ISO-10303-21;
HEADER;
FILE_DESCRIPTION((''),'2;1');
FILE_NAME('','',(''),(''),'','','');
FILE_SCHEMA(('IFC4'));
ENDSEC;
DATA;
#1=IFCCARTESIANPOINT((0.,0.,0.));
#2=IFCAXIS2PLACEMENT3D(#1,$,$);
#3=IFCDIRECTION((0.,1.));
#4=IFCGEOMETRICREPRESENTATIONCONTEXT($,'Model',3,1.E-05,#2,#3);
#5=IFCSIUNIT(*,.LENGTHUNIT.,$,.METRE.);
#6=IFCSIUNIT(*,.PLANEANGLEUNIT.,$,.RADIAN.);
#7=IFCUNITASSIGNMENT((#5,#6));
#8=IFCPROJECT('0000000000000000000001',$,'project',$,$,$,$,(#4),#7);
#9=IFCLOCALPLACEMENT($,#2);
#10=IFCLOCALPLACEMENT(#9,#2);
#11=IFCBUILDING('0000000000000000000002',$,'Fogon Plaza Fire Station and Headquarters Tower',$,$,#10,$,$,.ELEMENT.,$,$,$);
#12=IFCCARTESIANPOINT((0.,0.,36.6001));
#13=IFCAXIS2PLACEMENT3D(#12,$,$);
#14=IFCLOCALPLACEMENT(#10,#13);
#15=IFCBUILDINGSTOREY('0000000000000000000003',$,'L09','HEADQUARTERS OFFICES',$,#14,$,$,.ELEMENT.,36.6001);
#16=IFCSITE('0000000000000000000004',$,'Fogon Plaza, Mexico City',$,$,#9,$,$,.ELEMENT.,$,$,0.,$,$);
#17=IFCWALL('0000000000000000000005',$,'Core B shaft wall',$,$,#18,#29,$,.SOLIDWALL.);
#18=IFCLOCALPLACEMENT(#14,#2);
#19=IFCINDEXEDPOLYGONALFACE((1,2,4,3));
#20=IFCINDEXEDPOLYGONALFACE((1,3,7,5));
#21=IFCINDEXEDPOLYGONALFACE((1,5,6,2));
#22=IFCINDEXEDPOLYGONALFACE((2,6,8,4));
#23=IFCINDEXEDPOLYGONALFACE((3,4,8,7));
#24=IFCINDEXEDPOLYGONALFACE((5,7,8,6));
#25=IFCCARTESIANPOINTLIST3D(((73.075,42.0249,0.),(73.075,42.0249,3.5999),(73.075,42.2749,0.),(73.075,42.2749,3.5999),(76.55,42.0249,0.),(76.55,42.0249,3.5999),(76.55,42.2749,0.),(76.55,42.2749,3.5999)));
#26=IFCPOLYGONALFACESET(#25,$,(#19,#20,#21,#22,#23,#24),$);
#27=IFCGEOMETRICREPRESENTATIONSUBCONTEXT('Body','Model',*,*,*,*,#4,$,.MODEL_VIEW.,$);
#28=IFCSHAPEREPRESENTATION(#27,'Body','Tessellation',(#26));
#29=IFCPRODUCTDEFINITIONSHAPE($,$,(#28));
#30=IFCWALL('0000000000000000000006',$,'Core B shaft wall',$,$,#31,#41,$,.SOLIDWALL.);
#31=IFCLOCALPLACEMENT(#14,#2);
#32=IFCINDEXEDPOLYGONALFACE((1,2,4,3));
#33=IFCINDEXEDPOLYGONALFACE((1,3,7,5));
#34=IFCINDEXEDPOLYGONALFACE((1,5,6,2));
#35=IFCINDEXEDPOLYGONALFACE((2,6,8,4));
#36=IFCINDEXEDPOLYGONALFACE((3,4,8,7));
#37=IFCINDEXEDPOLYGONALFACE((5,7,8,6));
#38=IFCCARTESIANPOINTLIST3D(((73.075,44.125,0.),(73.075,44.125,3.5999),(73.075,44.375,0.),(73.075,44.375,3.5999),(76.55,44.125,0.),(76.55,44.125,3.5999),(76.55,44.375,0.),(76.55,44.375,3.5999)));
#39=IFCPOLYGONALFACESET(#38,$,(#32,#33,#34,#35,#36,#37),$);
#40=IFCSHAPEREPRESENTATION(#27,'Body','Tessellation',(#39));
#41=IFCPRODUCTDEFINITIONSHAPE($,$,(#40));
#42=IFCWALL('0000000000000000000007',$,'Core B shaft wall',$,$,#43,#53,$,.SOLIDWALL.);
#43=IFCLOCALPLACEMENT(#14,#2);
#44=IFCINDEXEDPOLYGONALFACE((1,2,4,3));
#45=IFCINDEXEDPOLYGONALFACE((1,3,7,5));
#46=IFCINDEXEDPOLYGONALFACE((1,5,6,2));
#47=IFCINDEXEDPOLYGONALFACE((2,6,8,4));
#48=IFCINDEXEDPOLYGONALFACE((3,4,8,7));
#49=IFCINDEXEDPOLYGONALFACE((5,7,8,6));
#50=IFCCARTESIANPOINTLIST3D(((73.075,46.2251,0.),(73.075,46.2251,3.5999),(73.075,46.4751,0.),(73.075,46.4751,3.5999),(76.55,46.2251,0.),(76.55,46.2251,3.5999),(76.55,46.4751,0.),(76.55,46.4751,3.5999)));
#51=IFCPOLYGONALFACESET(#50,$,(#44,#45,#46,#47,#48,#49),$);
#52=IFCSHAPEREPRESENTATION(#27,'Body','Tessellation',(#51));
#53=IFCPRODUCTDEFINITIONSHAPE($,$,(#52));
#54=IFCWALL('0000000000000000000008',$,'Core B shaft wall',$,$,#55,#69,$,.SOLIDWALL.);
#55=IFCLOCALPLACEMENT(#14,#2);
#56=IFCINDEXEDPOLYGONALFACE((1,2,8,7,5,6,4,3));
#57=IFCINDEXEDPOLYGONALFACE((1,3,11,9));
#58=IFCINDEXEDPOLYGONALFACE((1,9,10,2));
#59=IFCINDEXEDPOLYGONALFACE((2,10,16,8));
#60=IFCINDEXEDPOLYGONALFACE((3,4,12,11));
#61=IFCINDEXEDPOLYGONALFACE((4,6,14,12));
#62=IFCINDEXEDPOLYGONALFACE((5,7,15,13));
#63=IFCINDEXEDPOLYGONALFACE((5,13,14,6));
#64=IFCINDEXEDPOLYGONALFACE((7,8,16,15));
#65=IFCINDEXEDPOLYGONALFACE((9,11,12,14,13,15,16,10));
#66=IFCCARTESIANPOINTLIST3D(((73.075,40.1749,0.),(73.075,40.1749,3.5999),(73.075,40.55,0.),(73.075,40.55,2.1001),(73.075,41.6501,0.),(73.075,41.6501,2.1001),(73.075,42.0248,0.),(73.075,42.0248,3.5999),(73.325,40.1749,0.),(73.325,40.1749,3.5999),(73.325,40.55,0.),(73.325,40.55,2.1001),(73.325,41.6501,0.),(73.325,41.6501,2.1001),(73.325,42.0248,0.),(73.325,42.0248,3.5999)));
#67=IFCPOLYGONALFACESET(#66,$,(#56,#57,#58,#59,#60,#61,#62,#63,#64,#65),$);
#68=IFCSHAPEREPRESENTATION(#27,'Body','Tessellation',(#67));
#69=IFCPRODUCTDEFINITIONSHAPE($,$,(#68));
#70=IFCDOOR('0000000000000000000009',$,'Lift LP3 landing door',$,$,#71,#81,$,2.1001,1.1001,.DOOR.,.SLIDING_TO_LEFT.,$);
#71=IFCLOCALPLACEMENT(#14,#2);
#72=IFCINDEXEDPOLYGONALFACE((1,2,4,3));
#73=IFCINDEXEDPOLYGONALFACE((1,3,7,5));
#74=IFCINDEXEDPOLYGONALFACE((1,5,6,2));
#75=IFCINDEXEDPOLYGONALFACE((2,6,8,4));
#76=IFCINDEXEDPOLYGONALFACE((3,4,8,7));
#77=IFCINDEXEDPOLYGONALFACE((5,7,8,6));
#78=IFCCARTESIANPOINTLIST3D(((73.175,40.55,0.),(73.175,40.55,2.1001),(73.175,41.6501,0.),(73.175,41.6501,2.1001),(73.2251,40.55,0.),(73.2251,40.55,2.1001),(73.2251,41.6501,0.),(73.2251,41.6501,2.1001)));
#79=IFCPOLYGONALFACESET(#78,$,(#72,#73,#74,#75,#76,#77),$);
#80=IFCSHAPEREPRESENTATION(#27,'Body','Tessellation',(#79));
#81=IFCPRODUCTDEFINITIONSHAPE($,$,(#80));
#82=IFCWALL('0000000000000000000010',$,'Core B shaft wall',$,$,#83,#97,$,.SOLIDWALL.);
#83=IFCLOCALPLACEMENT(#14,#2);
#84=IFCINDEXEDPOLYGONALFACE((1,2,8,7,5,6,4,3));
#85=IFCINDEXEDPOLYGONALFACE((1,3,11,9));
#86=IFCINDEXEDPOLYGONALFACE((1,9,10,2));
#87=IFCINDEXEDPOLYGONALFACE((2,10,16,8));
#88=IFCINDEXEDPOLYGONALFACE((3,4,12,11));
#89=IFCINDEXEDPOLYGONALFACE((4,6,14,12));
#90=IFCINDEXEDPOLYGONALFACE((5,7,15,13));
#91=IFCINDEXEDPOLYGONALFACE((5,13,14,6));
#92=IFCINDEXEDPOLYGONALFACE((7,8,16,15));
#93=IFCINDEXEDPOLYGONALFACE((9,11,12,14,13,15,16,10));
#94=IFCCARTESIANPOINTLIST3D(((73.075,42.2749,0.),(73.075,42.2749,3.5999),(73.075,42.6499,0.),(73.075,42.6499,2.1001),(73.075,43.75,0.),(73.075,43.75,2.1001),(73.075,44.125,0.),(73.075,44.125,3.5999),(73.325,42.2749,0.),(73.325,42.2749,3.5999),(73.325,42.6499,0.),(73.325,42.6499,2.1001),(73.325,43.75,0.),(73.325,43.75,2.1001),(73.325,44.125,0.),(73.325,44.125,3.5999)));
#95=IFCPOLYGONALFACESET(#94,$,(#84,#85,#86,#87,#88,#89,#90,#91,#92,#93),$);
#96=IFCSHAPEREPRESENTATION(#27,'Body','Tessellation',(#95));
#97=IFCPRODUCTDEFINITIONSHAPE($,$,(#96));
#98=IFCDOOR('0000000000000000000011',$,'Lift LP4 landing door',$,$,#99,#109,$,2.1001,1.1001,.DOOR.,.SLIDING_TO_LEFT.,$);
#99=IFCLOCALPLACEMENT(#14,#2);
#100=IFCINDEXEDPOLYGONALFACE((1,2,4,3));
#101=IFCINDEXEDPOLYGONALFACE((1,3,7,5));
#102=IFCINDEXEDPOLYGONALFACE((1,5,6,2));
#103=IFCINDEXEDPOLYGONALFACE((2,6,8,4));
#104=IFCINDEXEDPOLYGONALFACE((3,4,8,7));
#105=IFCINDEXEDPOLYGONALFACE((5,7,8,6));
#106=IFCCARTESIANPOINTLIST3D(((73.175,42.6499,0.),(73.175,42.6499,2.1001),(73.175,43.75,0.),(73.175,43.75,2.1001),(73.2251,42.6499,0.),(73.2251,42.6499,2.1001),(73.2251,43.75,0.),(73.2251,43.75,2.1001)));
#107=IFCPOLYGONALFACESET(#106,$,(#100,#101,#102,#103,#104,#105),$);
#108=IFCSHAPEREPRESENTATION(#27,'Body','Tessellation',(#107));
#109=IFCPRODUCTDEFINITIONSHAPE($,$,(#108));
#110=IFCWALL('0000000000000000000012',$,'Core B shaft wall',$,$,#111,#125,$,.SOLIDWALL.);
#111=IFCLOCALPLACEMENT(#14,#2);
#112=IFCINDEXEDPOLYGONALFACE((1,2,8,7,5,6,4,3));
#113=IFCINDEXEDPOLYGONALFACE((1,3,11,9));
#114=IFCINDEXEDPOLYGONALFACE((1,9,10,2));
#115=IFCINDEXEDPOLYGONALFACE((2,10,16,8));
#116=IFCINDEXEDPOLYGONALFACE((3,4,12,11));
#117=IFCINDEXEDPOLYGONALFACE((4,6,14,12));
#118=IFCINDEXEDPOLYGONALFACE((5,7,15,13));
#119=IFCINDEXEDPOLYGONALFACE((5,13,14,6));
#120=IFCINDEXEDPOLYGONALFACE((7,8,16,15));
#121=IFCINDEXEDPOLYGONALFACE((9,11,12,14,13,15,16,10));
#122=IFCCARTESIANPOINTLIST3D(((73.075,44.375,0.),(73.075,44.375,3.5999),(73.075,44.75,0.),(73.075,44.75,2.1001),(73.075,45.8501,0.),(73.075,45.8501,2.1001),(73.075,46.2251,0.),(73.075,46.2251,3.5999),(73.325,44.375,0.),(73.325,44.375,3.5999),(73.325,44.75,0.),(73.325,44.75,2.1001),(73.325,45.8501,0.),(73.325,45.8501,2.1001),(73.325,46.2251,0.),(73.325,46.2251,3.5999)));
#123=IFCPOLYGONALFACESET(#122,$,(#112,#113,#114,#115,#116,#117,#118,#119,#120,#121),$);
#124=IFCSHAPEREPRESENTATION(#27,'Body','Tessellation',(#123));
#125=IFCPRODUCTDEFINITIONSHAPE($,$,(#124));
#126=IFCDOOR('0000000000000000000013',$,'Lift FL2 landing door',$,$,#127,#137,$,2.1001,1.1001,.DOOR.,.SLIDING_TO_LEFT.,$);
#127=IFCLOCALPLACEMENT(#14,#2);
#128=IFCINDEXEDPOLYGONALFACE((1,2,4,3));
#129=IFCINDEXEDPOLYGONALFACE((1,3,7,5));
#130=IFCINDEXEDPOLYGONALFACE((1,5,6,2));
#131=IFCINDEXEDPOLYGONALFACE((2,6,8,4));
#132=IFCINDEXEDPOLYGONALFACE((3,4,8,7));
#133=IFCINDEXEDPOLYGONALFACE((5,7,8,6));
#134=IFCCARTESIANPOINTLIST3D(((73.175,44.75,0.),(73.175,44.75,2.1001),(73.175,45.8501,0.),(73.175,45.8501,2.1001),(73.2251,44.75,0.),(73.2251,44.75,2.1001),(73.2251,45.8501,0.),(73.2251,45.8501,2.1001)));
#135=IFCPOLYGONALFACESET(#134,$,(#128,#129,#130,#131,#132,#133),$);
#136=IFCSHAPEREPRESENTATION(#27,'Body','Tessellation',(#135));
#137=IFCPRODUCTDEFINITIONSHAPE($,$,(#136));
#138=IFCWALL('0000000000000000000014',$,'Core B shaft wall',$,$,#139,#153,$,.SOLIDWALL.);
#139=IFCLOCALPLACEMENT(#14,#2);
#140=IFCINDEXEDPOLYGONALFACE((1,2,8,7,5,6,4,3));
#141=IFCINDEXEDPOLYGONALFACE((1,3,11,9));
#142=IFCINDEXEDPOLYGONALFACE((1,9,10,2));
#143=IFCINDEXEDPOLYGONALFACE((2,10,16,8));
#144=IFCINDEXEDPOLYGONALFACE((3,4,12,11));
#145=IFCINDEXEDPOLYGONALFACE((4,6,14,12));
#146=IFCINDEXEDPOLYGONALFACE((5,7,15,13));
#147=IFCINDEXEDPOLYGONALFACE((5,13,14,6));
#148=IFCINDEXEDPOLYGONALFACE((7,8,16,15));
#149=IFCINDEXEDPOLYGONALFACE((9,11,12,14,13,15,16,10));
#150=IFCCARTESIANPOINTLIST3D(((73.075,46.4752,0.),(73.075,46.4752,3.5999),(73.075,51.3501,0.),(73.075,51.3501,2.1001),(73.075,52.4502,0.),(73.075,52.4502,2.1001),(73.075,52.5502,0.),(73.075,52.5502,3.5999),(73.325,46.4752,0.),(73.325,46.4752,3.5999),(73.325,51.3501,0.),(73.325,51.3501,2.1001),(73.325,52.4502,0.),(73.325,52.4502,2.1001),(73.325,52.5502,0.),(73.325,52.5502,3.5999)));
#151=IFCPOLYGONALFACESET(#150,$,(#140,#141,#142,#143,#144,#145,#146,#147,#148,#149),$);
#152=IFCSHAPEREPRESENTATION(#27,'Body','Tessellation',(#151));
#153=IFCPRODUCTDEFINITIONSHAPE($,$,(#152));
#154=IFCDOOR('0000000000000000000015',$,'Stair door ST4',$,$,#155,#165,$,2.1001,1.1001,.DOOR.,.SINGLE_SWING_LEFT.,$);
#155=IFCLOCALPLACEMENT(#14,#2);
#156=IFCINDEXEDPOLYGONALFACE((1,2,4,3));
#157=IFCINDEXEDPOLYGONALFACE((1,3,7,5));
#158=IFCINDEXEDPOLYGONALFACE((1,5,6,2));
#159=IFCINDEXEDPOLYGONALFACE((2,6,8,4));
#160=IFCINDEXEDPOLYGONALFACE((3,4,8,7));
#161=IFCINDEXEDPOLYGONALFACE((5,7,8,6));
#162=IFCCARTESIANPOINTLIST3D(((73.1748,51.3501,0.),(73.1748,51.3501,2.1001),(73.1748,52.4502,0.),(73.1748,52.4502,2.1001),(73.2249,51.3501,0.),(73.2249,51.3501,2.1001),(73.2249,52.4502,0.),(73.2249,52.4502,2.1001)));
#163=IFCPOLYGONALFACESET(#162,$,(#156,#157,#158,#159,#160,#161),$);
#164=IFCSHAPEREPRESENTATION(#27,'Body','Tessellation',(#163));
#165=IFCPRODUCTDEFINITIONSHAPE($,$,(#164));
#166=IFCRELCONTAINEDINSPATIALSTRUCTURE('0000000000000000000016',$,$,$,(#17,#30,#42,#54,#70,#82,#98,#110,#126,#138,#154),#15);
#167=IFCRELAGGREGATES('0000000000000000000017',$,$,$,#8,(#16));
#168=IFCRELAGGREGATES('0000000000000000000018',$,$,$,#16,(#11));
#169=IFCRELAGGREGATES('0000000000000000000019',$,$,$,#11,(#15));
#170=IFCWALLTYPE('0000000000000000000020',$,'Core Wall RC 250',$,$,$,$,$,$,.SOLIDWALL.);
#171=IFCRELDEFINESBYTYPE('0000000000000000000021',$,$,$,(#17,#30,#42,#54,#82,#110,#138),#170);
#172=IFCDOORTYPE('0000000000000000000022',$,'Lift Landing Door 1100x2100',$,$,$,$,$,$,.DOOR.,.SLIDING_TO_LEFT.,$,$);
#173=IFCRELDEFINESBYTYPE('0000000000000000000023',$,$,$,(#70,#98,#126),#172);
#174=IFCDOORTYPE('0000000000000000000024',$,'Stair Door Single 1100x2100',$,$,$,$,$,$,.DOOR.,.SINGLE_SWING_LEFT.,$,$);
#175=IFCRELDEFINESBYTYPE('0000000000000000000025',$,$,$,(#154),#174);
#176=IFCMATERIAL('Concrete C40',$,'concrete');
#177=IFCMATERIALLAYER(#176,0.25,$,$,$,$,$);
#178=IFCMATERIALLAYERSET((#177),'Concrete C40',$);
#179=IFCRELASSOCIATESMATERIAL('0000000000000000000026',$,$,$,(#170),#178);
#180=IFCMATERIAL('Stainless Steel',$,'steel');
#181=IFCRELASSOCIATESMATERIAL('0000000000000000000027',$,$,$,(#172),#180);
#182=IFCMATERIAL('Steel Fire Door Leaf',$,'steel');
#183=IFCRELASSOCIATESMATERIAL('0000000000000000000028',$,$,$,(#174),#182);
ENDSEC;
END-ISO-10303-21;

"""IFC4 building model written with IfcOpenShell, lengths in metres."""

from ifc_helpers import new_model, si_unit, direction, frame, frame_2d, origin, place, context, subcontext, project, spatial, rectangle, extrude, material, layer, layer_set, type_object, element, fill, save


model = new_model("IFC4")

# Units and contexts
model_context = context("Model", 3, precision=1e-05, world=origin(), true_north=direction((0.0, 1.0)))
body_context = subcontext(model_context, "Body", "Model", "MODEL_VIEW")
ifc_project = project(units=[si_unit("LENGTHUNIT", "METRE"), si_unit("PLANEANGLEUNIT", "RADIAN")], contexts=[model_context])

# Site, building, storey
site_placement = place(None, origin())
site = spatial("IfcSite", under=ifc_project, at=site_placement, Name="Fogon Plaza, Mexico City", CompositionType="ELEMENT", RefElevation=0.0)
building_placement = place(site_placement, origin())
building = spatial("IfcBuilding", under=site, at=building_placement, Name="Fogon Plaza Fire Station and Headquarters Tower", CompositionType="ELEMENT")
storey_placement = place(building_placement, frame((0.0, 0.0, 36.6001)))
storey = spatial("IfcBuildingStorey", under=building, at=storey_placement, Name="L09", Description="HEADQUARTERS OFFICES", CompositionType="ELEMENT", Elevation=36.6001)

# Walls
ifc_material_1 = material(Name="Concrete C40", Category="concrete")
ifc_layer_1 = layer(ifc_material_1, 0.25)
ifc_layer_set_1 = layer_set([ifc_layer_1], Name="Concrete C40")
wall_type_1 = type_object("IfcWallType", Name="Core Wall RC 250", PredefinedType="SOLIDWALL", material=ifc_layer_set_1)
for number, where, z_axis, x_axis, name in (
    (1, (76.55, 42.1499, 0.0), (0.0, 0.0, 1.0), (-1.0, 0.0, 0.0), "Core B shaft wall"),
    (2, (76.55, 44.25, 0.0), (0.0, 0.0, 1.0), (-1.0, 0.0, 0.0), "Core B shaft wall"),
    (3, (76.55, 46.3501, 0.0), (0.0, 0.0, 1.0), (-1.0, 0.0, 0.0), "Core B shaft wall"),
):
    element("IfcWall", number, at=place(storey_placement, frame(where, z_axis=z_axis, x_axis=x_axis)), inside=storey, type_object=wall_type_1, Name=name, PredefinedType="SOLIDWALL", context=body_context, shape_type="SweptSolid", body=[
        extrude(rectangle(XDim=3.4751, YDim=0.25, at=frame_2d((1.7375, 0.0))), origin(), (0.0, 0.0, 1.0), 3.5999),
    ])

# Walls, openings, doors
wall_1_placement = place(storey_placement, frame((73.2, 40.175, 0.0), z_axis=(0.0, 0.0, 1.0), x_axis=(0.0, 1.0, 0.0)))
wall_1 = element("IfcWall", 4, at=wall_1_placement, inside=storey, type_object=wall_type_1, Name="Core B shaft wall", PredefinedType="SOLIDWALL", context=body_context, shape_type="SweptSolid", body=[
    extrude(rectangle(XDim=1.8499, YDim=0.25, at=frame_2d((0.9248, 0.0))), origin(), (0.0, 0.0, 1.0), 3.5999),
])
opening_1_placement = place(wall_1_placement, frame((0.375, 0.0, 0.0)))
opening_1 = element("IfcOpeningElement", 5, at=opening_1_placement, cuts=wall_1, PredefinedType="OPENING", context=body_context, shape_type="SweptSolid", body=[
    extrude(rectangle(XDim=1.1001, YDim=2.1001, at=frame_2d((0.55, 1.05))), frame((0.0, 0.135, 0.0), z_axis=(0.0, -1.0, 0.0), x_axis=(1.0, 0.0, 0.0)), (0.0, 0.0, 1.0), 0.27),
])
ifc_material_2 = material(Name="Stainless Steel", Category="steel")
door_type_1 = type_object("IfcDoorType", Name="Lift Landing Door 1100x2100", OperationType="SLIDING_TO_LEFT", PredefinedType="DOOR", material=ifc_material_2)
door_1_placement = place(opening_1_placement, origin())
door_1 = element("IfcDoor", 6, at=door_1_placement, inside=storey, type_object=door_type_1, Name="Lift LP3 landing door", OperationType="SLIDING_TO_LEFT", OverallHeight=2.1001, OverallWidth=1.1001, PredefinedType="DOOR", context=body_context, shape_type="SweptSolid", body=[
    extrude(rectangle(XDim=1.1001, YDim=2.1001, at=frame_2d((0.55, 1.05))), frame((0.0, 0.0249, 0.0), z_axis=(0.0, -1.0, 0.0), x_axis=(1.0, 0.0, 0.0)), (0.0, 0.0, 1.0), 0.05),
])
fill(opening_1, door_1)
wall_2_placement = place(storey_placement, frame((73.2, 42.2749, 0.0), z_axis=(0.0, 0.0, 1.0), x_axis=(0.0, 1.0, 0.0)))
wall_2 = element("IfcWall", 7, at=wall_2_placement, inside=storey, type_object=wall_type_1, Name="Core B shaft wall", PredefinedType="SOLIDWALL", context=body_context, shape_type="SweptSolid", body=[
    extrude(rectangle(XDim=1.8501, YDim=0.25, at=frame_2d((0.925, 0.0))), origin(), (0.0, 0.0, 1.0), 3.5999),
])
opening_2_placement = place(wall_2_placement, frame((0.375, 0.0, 0.0)))
opening_2 = element("IfcOpeningElement", 8, at=opening_2_placement, cuts=wall_2, PredefinedType="OPENING", context=body_context, shape_type="SweptSolid", body=[
    extrude(rectangle(XDim=1.1001, YDim=2.1001, at=frame_2d((0.55, 1.05))), frame((0.0, 0.135, 0.0), z_axis=(0.0, -1.0, 0.0), x_axis=(1.0, 0.0, 0.0)), (0.0, 0.0, 1.0), 0.27),
])
door_2_placement = place(opening_2_placement, origin())
door_2 = element("IfcDoor", 9, at=door_2_placement, inside=storey, type_object=door_type_1, Name="Lift LP4 landing door", OperationType="SLIDING_TO_LEFT", OverallHeight=2.1001, OverallWidth=1.1001, PredefinedType="DOOR", context=body_context, shape_type="SweptSolid", body=[
    extrude(rectangle(XDim=1.1001, YDim=2.1001, at=frame_2d((0.55, 1.05))), frame((0.0, 0.0249, 0.0), z_axis=(0.0, -1.0, 0.0), x_axis=(1.0, 0.0, 0.0)), (0.0, 0.0, 1.0), 0.05),
])
fill(opening_2, door_2)
wall_3_placement = place(storey_placement, frame((73.2, 44.375, 0.0), z_axis=(0.0, 0.0, 1.0), x_axis=(0.0, 1.0, 0.0)))
wall_3 = element("IfcWall", 10, at=wall_3_placement, inside=storey, type_object=wall_type_1, Name="Core B shaft wall", PredefinedType="SOLIDWALL", context=body_context, shape_type="SweptSolid", body=[
    extrude(rectangle(XDim=1.8501, YDim=0.25, at=frame_2d((0.925, 0.0))), origin(), (0.0, 0.0, 1.0), 3.5999),
])
opening_3_placement = place(wall_3_placement, frame((0.375, 0.0, 0.0)))
opening_3 = element("IfcOpeningElement", 11, at=opening_3_placement, cuts=wall_3, PredefinedType="OPENING", context=body_context, shape_type="SweptSolid", body=[
    extrude(rectangle(XDim=1.1001, YDim=2.1001, at=frame_2d((0.55, 1.05))), frame((0.0, 0.135, 0.0), z_axis=(0.0, -1.0, 0.0), x_axis=(1.0, 0.0, 0.0)), (0.0, 0.0, 1.0), 0.27),
])
door_3_placement = place(opening_3_placement, origin())
door_3 = element("IfcDoor", 12, at=door_3_placement, inside=storey, type_object=door_type_1, Name="Lift FL2 landing door", OperationType="SLIDING_TO_LEFT", OverallHeight=2.1001, OverallWidth=1.1001, PredefinedType="DOOR", context=body_context, shape_type="SweptSolid", body=[
    extrude(rectangle(XDim=1.1001, YDim=2.1001, at=frame_2d((0.55, 1.05))), frame((0.0, 0.0249, 0.0), z_axis=(0.0, -1.0, 0.0), x_axis=(1.0, 0.0, 0.0)), (0.0, 0.0, 1.0), 0.05),
])
fill(opening_3, door_3)
wall_4_placement = place(storey_placement, frame((73.2, 46.4751, 0.0), z_axis=(0.0, 0.0, 1.0), x_axis=(0.0, 1.0, 0.0)))
wall_4 = element("IfcWall", 13, at=wall_4_placement, inside=storey, type_object=wall_type_1, Name="Core B shaft wall", PredefinedType="SOLIDWALL", context=body_context, shape_type="SweptSolid", body=[
    extrude(rectangle(XDim=6.075, YDim=0.25, at=frame_2d((3.0376, 0.0))), origin(), (0.0, 0.0, 1.0), 3.5999),
])
opening_4_placement = place(wall_4_placement, frame((4.875, 0.0, 0.0)))
opening_4 = element("IfcOpeningElement", 14, at=opening_4_placement, cuts=wall_4, PredefinedType="OPENING", context=body_context, shape_type="SweptSolid", body=[
    extrude(rectangle(XDim=1.1001, YDim=2.1001, at=frame_2d((0.55, 1.05))), frame((0.0, 0.135, 0.0), z_axis=(0.0, -1.0, 0.0), x_axis=(1.0, 0.0, 0.0)), (0.0, 0.0, 1.0), 0.27),
])
ifc_material_3 = material(Name="Steel Fire Door Leaf", Category="steel")
door_type_2 = type_object("IfcDoorType", Name="Stair Door Single 1100x2100", OperationType="SINGLE_SWING_LEFT", PredefinedType="DOOR", material=ifc_material_3)
door_4_placement = place(opening_4_placement, frame((1.1001, 0.0, 0.0), z_axis=(0.0, 0.0, 1.0), x_axis=(-1.0, 0.0, 0.0)))
door_4 = element("IfcDoor", 15, at=door_4_placement, inside=storey, type_object=door_type_2, Name="Stair door ST4", OperationType="SINGLE_SWING_LEFT", OverallHeight=2.1001, OverallWidth=1.1001, PredefinedType="DOOR", context=body_context, shape_type="SweptSolid", body=[
    extrude(rectangle(XDim=1.1001, YDim=2.1001, at=frame_2d((0.55, 1.05))), frame((0.0, 0.0249, 0.0), z_axis=(0.0, -1.0, 0.0), x_axis=(1.0, 0.0, 0.0)), (0.0, 0.0, 1.0), 0.05),
])
fill(opening_4, door_4)

save(model, "model.ifc")
